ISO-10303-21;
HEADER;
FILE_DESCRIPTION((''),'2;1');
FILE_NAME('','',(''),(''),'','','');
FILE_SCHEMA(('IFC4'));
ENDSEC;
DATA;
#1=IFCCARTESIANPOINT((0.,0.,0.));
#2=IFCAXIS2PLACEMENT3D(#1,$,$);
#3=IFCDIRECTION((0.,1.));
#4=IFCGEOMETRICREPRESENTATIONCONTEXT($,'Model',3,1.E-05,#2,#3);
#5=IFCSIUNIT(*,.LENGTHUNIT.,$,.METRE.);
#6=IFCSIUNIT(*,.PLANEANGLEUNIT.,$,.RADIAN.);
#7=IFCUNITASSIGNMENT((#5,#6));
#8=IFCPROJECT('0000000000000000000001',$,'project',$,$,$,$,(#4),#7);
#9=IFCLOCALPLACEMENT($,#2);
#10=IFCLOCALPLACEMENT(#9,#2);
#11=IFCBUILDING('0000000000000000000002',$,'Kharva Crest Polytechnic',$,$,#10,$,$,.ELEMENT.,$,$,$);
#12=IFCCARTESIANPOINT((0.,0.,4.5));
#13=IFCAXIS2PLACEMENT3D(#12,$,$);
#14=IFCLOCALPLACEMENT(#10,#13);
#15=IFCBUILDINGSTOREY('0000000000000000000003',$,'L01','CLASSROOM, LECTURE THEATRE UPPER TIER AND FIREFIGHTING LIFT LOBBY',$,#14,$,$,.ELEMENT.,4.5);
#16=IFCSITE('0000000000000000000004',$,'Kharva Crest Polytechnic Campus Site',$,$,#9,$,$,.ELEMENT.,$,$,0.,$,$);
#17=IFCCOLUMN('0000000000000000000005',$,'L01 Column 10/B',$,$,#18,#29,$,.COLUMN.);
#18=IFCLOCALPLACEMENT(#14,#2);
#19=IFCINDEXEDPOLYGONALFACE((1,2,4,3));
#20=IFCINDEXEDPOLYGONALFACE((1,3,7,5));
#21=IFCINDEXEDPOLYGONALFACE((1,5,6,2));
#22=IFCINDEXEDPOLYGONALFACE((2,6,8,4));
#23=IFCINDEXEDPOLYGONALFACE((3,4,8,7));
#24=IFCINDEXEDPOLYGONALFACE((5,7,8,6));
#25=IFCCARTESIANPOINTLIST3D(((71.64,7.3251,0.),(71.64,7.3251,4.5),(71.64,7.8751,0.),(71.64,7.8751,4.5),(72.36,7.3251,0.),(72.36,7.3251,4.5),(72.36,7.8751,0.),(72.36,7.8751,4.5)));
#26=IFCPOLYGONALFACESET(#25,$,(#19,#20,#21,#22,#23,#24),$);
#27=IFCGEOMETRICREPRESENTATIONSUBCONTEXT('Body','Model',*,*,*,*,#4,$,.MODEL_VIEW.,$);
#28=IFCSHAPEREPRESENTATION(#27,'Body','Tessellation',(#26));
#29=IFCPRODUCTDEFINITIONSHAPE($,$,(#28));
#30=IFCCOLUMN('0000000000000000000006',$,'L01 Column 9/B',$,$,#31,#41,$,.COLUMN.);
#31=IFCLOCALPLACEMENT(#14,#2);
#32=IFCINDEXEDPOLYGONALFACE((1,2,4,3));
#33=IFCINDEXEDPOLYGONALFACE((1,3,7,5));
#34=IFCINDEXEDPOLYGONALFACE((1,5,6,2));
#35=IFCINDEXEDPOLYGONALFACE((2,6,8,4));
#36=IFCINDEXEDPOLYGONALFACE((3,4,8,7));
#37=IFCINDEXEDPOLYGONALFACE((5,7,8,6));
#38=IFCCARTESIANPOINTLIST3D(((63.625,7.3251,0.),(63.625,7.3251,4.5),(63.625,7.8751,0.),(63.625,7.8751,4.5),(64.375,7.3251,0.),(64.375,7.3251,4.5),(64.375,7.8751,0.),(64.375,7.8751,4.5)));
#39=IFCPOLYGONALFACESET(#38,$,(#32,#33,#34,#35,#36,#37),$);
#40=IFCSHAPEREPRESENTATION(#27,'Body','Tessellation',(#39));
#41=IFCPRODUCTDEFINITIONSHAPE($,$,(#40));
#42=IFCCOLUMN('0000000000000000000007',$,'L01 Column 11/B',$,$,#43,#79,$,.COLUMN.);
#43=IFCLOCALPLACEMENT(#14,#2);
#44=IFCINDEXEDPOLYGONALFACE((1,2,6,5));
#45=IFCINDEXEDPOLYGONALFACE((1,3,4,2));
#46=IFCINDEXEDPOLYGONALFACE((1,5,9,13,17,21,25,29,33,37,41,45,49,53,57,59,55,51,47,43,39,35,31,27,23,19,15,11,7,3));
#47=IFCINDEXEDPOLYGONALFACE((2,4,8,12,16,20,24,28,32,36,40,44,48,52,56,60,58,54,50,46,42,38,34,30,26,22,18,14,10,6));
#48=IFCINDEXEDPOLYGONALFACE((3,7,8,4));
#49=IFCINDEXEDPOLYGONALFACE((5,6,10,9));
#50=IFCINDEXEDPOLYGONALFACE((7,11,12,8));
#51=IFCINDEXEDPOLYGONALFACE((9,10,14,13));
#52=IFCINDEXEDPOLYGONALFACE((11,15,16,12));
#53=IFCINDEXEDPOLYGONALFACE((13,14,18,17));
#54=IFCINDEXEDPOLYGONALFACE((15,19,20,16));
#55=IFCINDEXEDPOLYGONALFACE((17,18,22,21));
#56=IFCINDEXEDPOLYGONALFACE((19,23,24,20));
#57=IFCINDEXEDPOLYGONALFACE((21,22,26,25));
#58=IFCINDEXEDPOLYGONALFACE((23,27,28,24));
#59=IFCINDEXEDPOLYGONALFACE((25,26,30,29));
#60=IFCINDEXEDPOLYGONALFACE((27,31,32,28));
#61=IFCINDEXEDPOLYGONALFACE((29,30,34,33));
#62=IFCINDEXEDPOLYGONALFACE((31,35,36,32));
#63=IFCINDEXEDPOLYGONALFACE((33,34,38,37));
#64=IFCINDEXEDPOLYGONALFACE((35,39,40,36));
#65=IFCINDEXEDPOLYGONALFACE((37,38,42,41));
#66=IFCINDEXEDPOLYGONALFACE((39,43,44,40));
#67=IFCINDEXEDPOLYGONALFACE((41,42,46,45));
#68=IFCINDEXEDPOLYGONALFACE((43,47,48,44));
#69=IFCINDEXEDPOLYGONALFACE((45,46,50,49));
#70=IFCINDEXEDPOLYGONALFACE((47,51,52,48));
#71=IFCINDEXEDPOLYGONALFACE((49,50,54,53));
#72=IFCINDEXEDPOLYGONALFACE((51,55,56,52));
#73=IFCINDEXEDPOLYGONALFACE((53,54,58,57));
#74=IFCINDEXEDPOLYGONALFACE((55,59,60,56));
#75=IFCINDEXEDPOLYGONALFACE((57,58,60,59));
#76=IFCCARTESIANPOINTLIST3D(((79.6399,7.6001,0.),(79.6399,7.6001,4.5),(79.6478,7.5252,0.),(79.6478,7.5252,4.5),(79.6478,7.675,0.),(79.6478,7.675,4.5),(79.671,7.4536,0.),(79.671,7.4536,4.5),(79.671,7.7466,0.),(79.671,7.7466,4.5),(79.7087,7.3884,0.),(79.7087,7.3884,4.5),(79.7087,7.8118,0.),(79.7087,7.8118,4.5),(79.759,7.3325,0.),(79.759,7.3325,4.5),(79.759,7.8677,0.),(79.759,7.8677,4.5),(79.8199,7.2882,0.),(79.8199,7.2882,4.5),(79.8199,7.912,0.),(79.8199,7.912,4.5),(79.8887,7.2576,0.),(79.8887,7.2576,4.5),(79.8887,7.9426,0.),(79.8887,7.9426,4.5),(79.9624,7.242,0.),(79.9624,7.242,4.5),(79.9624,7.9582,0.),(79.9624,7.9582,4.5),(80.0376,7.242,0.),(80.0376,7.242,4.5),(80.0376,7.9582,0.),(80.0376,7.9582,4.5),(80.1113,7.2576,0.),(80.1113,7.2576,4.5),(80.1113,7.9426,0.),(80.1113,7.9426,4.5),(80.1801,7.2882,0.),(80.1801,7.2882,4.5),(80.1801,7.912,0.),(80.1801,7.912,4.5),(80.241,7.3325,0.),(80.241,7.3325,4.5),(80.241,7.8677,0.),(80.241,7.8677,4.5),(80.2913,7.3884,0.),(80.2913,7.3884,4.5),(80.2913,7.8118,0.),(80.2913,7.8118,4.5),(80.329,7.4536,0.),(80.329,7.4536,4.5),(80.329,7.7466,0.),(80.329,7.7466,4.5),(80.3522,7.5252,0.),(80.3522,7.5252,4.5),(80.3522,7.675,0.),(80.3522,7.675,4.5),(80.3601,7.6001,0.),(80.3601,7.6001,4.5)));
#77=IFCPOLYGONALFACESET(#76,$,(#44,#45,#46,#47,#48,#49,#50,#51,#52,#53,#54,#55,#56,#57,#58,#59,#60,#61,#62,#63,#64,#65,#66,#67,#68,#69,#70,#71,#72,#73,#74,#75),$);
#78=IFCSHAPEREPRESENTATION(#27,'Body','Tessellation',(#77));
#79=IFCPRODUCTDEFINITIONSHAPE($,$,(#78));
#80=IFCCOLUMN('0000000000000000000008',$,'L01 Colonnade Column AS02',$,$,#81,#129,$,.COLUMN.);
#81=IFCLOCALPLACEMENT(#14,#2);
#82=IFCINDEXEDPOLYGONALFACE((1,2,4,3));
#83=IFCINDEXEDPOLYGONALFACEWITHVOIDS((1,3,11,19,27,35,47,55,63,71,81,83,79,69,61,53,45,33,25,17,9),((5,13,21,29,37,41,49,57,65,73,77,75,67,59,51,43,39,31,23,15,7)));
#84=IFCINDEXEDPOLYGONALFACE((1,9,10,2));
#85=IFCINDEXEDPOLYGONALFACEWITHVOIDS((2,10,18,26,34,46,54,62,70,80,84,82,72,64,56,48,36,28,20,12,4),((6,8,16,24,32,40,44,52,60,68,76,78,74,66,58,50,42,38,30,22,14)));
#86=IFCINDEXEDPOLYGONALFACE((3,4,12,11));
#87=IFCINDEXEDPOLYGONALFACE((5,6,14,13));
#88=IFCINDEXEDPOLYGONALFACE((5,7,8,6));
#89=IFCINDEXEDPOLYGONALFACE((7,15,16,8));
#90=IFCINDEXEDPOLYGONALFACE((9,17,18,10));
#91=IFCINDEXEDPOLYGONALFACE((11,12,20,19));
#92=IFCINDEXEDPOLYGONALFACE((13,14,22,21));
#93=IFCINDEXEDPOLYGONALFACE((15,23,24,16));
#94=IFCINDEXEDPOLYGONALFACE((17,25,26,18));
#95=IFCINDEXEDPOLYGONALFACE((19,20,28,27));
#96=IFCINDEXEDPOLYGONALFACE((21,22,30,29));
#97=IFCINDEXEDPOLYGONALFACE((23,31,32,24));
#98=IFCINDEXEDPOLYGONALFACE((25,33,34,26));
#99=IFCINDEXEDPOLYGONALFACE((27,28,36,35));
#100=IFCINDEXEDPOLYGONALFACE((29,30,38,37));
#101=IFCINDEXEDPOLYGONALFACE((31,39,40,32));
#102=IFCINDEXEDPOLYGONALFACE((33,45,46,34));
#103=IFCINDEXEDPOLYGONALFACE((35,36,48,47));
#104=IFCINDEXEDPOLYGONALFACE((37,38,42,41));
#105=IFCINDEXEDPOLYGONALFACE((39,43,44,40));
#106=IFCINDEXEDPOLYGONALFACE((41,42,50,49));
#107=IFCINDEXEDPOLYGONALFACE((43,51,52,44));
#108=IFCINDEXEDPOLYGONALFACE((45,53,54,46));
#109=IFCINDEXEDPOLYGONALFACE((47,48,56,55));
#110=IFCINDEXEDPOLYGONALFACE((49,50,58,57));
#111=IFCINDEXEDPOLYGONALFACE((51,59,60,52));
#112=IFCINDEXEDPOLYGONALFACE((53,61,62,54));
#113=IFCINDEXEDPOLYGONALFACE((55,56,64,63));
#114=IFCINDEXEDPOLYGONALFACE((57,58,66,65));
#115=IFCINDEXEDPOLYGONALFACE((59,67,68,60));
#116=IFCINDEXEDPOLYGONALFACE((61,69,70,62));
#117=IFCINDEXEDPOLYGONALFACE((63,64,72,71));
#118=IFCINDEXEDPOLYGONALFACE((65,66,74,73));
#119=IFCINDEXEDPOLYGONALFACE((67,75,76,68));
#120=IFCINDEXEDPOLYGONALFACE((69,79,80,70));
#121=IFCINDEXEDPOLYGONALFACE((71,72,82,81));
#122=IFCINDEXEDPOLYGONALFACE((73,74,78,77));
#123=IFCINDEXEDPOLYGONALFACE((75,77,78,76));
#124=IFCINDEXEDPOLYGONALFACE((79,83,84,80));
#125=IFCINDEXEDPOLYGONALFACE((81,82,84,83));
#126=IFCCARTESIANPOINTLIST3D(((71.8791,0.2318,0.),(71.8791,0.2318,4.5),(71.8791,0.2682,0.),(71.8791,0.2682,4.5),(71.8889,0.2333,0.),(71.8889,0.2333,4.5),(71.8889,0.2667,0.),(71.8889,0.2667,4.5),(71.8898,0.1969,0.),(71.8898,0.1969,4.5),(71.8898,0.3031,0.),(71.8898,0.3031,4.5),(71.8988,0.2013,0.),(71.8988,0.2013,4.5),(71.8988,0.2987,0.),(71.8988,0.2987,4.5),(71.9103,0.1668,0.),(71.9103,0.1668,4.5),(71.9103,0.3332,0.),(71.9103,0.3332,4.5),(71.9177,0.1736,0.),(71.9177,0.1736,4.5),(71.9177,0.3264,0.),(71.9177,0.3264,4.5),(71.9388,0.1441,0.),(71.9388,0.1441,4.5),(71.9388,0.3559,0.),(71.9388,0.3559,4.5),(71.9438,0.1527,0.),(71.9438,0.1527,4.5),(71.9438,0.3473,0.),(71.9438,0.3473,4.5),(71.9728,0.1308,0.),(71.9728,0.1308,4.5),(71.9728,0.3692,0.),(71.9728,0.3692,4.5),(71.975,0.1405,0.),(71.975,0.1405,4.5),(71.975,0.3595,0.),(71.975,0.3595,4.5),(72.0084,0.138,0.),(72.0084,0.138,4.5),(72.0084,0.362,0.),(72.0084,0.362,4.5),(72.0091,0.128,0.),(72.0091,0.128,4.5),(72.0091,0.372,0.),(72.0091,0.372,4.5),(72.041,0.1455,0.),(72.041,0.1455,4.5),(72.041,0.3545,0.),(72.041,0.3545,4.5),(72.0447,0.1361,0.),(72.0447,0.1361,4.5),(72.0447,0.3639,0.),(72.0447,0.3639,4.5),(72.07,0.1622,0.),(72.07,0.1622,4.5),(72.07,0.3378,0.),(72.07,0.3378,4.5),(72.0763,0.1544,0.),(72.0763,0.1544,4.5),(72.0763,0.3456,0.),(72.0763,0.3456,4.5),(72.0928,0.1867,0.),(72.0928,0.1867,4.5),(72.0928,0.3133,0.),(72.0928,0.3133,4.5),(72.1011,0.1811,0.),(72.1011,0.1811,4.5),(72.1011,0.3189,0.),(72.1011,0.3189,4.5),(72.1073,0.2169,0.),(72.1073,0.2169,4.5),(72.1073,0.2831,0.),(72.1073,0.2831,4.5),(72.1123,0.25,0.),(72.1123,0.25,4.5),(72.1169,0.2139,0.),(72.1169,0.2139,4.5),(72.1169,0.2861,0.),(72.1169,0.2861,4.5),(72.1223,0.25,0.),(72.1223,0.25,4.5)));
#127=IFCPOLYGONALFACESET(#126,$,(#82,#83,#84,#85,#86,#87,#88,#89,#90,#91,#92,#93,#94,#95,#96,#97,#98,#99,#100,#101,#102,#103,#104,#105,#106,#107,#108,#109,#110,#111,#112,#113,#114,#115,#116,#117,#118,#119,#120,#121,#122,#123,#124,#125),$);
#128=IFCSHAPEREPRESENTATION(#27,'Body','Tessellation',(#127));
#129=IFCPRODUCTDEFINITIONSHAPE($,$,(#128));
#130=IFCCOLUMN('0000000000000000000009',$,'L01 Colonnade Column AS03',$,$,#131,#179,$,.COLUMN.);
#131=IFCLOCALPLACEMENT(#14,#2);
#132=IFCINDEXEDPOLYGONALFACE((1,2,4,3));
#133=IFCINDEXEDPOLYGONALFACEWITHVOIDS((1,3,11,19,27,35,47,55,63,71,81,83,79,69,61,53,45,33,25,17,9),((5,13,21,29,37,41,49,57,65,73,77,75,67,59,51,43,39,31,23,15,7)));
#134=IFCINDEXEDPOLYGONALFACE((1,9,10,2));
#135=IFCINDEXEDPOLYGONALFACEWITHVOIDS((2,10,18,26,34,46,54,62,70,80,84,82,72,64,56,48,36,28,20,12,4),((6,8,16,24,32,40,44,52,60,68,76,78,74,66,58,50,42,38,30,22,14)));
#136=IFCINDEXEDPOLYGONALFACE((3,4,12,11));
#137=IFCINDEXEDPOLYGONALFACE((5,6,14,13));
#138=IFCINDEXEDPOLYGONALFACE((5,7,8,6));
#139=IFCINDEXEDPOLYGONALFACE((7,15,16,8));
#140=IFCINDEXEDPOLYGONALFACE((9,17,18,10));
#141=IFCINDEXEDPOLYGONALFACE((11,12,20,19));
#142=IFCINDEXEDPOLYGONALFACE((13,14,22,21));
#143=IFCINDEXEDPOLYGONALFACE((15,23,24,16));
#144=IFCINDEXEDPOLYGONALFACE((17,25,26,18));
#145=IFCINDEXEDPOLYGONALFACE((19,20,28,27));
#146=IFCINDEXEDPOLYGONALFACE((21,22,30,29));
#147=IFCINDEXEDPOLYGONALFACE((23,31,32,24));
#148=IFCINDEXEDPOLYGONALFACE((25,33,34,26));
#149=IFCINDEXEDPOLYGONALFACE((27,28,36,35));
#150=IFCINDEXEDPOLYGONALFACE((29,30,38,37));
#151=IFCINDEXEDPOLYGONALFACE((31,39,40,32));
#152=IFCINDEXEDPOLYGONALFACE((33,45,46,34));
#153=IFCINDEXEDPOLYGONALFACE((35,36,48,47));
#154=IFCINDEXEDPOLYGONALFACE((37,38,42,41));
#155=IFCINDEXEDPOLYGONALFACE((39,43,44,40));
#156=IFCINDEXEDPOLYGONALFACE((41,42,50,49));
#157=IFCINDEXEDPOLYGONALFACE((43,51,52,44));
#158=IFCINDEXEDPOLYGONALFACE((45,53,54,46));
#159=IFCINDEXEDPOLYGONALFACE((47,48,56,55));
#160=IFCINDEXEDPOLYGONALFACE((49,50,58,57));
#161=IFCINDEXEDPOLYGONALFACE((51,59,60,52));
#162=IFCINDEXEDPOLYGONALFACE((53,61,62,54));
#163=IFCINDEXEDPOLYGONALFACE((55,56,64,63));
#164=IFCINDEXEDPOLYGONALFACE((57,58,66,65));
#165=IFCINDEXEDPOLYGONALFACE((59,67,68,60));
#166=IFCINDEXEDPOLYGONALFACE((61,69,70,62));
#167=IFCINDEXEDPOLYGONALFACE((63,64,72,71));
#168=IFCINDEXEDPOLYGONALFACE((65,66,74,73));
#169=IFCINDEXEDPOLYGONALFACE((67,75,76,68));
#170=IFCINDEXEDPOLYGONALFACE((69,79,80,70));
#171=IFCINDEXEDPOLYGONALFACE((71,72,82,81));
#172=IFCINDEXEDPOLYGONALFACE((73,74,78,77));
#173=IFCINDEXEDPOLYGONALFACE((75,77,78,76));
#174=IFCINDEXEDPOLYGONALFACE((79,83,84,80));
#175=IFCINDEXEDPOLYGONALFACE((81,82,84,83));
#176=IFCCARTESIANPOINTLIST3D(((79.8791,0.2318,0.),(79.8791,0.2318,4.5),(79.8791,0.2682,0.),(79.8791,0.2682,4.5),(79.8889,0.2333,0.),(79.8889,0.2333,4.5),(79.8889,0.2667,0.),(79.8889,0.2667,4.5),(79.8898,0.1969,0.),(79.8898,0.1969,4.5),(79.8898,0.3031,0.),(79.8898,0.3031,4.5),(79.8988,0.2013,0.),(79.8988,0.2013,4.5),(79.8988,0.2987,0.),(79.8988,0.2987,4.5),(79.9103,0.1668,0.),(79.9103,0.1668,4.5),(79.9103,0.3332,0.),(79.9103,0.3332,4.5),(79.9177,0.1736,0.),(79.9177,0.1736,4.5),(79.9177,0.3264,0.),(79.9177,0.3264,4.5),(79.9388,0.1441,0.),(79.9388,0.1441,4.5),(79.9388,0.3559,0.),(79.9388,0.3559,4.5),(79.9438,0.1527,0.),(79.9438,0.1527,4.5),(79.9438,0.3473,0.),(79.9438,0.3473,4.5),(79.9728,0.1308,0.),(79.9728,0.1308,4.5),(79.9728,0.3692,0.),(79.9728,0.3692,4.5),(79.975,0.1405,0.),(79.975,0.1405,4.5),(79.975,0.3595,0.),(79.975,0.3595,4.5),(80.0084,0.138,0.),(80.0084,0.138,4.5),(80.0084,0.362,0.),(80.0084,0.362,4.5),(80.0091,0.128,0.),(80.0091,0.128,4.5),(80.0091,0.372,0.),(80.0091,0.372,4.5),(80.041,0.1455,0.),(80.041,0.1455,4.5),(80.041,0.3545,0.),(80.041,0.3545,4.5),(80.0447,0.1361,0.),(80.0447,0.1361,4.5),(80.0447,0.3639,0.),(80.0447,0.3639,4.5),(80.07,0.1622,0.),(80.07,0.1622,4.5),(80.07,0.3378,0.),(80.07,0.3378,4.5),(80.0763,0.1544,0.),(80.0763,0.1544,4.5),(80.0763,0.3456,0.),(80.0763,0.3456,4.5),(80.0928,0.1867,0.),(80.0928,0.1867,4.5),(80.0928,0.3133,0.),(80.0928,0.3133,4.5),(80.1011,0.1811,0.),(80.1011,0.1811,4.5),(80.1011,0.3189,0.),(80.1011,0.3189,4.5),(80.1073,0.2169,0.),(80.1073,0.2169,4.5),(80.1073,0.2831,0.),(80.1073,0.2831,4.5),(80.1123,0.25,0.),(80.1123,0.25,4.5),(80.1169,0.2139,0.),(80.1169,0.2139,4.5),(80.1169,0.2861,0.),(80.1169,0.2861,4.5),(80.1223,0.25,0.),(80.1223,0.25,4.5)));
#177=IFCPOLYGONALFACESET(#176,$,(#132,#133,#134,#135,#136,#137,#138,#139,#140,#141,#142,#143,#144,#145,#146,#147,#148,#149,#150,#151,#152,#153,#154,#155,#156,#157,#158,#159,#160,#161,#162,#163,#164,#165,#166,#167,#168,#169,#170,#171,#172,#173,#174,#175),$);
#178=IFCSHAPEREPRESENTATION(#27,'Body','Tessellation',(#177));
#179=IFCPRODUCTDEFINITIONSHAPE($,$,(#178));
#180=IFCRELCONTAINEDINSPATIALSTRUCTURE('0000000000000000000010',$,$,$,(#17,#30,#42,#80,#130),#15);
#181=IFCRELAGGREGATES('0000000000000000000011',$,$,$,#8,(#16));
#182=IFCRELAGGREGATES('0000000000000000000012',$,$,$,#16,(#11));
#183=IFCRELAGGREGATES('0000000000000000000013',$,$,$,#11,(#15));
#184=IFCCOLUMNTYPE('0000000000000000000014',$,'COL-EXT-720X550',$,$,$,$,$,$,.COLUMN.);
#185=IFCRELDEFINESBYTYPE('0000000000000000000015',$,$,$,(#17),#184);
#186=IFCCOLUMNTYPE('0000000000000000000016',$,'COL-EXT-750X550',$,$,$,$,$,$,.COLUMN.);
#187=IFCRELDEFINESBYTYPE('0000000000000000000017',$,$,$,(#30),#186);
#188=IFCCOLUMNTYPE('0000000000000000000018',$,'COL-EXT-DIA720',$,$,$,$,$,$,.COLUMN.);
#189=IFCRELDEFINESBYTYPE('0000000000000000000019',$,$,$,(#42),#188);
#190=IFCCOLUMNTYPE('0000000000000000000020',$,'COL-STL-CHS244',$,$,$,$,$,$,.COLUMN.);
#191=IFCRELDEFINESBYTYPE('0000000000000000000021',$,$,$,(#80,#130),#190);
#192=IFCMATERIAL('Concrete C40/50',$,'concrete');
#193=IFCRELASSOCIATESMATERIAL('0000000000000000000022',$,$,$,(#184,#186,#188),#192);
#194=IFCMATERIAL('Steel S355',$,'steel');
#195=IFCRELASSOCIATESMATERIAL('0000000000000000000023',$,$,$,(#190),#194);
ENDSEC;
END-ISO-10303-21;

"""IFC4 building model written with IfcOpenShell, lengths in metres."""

from ifc_helpers import new_model, si_unit, direction, frame, origin, origin_2d, place, context, subcontext, project, spatial, rectangle, circle, hollow_circle, extrude, material, material_profile, profile_set, type_object, element, save


model = new_model("IFC4")

# Units and contexts
model_context = context("Model", 3, precision=1e-05, world=origin(), true_north=direction((0.0, 1.0)))
body_context = subcontext(model_context, "Body", "Model", "MODEL_VIEW")
ifc_project = project(units=[si_unit("LENGTHUNIT", "METRE"), si_unit("PLANEANGLEUNIT", "RADIAN")], contexts=[model_context])

# Site, building, storey
site_placement = place(None, origin())
site = spatial("IfcSite", under=ifc_project, at=site_placement, Name="Kharva Crest Polytechnic Campus Site", CompositionType="ELEMENT", RefElevation=0.0)
building_placement = place(site_placement, origin())
building = spatial("IfcBuilding", under=site, at=building_placement, Name="Kharva Crest Polytechnic", CompositionType="ELEMENT")
storey_placement = place(building_placement, frame((0.0, 0.0, 4.5)))
storey = spatial("IfcBuildingStorey", under=building, at=storey_placement, Name="L01", Description="CLASSROOM, LECTURE THEATRE UPPER TIER AND FIREFIGHTING LIFT LOBBY", CompositionType="ELEMENT", Elevation=4.5)

# Columns
ifc_material_1 = material(Name="Concrete C40/50", Category="concrete")
ifc_material_profile_1 = material_profile(ifc_material_1, rectangle(XDim=0.72, YDim=0.55, at=origin_2d()), Name="RECT 720 X 550")
ifc_profile_set_1 = profile_set([ifc_material_profile_1], Name="Concrete C40/50")
column_type_1 = type_object("IfcColumnType", Name="COL-EXT-720X550", PredefinedType="COLUMN", material=ifc_profile_set_1)
column_1_placement = place(storey_placement, frame((72.0, 7.6001, 0.0), z_axis=(0.0, 0.0, 1.0), x_axis=(1.0, 0.0, 0.0)))
element("IfcColumn", 1, at=column_1_placement, inside=storey, type_object=column_type_1, Name="L01 Column 10/B", PredefinedType="COLUMN", context=body_context, shape_type="SweptSolid", body=[
    extrude(rectangle(XDim=0.72, YDim=0.55, at=origin_2d()), origin(), (0.0, 0.0, 1.0), 4.5),
])
ifc_material_profile_2 = material_profile(ifc_material_1, rectangle(XDim=0.75, YDim=0.55, at=origin_2d()), Name="RECT 750 X 550")
ifc_profile_set_2 = profile_set([ifc_material_profile_2], Name="Concrete C40/50")
column_type_2 = type_object("IfcColumnType", Name="COL-EXT-750X550", PredefinedType="COLUMN", material=ifc_profile_set_2)
column_2_placement = place(storey_placement, frame((64.0, 7.6001, 0.0), z_axis=(0.0, 0.0, 1.0), x_axis=(1.0, 0.0, 0.0)))
element("IfcColumn", 2, at=column_2_placement, inside=storey, type_object=column_type_2, Name="L01 Column 9/B", PredefinedType="COLUMN", context=body_context, shape_type="SweptSolid", body=[
    extrude(rectangle(XDim=0.75, YDim=0.55, at=origin_2d()), origin(), (0.0, 0.0, 1.0), 4.5),
])
ifc_material_profile_3 = material_profile(ifc_material_1, circle(Radius=0.3601, at=origin_2d()), Name="DIA 720")
ifc_profile_set_3 = profile_set([ifc_material_profile_3], Name="Concrete C40/50")
column_type_3 = type_object("IfcColumnType", Name="COL-EXT-DIA720", PredefinedType="COLUMN", material=ifc_profile_set_3)
column_3_placement = place(storey_placement, frame((80.0, 7.6001, 0.0), z_axis=(0.0, 0.0, 1.0), x_axis=(1.0, 0.0, 0.0)))
element("IfcColumn", 3, at=column_3_placement, inside=storey, type_object=column_type_3, Name="L01 Column 11/B", PredefinedType="COLUMN", context=body_context, shape_type="SweptSolid", body=[
    extrude(circle(Radius=0.3601, at=origin_2d()), origin(), (0.0, 0.0, 1.0), 4.5),
])
ifc_material_2 = material(Name="Steel S355", Category="steel")
ifc_material_profile_4 = material_profile(ifc_material_2, hollow_circle(Radius=0.1223, WallThickness=0.01, at=origin_2d()), Name="CHS 244.5X10.0")
ifc_profile_set_4 = profile_set([ifc_material_profile_4], Name="Steel S355")
column_type_4 = type_object("IfcColumnType", Name="COL-STL-CHS244", PredefinedType="COLUMN", material=ifc_profile_set_4)
for number, where, z_axis, x_axis, name in (
    (4, (72.0, 0.25, 0.0), (0.0, 0.0, 1.0), (1.0, 0.0, 0.0), "L01 Colonnade Column AS02"),
    (5, (80.0, 0.25, 0.0), (0.0, 0.0, 1.0), (1.0, 0.0, 0.0), "L01 Colonnade Column AS03"),
):
    element("IfcColumn", number, at=place(storey_placement, frame(where, z_axis=z_axis, x_axis=x_axis)), inside=storey, type_object=column_type_4, Name=name, PredefinedType="COLUMN", context=body_context, shape_type="SweptSolid", body=[
        extrude(hollow_circle(Radius=0.1223, WallThickness=0.01, at=origin_2d()), origin(), (0.0, 0.0, 1.0), 4.5),
    ])

save(model, "model.ifc")
